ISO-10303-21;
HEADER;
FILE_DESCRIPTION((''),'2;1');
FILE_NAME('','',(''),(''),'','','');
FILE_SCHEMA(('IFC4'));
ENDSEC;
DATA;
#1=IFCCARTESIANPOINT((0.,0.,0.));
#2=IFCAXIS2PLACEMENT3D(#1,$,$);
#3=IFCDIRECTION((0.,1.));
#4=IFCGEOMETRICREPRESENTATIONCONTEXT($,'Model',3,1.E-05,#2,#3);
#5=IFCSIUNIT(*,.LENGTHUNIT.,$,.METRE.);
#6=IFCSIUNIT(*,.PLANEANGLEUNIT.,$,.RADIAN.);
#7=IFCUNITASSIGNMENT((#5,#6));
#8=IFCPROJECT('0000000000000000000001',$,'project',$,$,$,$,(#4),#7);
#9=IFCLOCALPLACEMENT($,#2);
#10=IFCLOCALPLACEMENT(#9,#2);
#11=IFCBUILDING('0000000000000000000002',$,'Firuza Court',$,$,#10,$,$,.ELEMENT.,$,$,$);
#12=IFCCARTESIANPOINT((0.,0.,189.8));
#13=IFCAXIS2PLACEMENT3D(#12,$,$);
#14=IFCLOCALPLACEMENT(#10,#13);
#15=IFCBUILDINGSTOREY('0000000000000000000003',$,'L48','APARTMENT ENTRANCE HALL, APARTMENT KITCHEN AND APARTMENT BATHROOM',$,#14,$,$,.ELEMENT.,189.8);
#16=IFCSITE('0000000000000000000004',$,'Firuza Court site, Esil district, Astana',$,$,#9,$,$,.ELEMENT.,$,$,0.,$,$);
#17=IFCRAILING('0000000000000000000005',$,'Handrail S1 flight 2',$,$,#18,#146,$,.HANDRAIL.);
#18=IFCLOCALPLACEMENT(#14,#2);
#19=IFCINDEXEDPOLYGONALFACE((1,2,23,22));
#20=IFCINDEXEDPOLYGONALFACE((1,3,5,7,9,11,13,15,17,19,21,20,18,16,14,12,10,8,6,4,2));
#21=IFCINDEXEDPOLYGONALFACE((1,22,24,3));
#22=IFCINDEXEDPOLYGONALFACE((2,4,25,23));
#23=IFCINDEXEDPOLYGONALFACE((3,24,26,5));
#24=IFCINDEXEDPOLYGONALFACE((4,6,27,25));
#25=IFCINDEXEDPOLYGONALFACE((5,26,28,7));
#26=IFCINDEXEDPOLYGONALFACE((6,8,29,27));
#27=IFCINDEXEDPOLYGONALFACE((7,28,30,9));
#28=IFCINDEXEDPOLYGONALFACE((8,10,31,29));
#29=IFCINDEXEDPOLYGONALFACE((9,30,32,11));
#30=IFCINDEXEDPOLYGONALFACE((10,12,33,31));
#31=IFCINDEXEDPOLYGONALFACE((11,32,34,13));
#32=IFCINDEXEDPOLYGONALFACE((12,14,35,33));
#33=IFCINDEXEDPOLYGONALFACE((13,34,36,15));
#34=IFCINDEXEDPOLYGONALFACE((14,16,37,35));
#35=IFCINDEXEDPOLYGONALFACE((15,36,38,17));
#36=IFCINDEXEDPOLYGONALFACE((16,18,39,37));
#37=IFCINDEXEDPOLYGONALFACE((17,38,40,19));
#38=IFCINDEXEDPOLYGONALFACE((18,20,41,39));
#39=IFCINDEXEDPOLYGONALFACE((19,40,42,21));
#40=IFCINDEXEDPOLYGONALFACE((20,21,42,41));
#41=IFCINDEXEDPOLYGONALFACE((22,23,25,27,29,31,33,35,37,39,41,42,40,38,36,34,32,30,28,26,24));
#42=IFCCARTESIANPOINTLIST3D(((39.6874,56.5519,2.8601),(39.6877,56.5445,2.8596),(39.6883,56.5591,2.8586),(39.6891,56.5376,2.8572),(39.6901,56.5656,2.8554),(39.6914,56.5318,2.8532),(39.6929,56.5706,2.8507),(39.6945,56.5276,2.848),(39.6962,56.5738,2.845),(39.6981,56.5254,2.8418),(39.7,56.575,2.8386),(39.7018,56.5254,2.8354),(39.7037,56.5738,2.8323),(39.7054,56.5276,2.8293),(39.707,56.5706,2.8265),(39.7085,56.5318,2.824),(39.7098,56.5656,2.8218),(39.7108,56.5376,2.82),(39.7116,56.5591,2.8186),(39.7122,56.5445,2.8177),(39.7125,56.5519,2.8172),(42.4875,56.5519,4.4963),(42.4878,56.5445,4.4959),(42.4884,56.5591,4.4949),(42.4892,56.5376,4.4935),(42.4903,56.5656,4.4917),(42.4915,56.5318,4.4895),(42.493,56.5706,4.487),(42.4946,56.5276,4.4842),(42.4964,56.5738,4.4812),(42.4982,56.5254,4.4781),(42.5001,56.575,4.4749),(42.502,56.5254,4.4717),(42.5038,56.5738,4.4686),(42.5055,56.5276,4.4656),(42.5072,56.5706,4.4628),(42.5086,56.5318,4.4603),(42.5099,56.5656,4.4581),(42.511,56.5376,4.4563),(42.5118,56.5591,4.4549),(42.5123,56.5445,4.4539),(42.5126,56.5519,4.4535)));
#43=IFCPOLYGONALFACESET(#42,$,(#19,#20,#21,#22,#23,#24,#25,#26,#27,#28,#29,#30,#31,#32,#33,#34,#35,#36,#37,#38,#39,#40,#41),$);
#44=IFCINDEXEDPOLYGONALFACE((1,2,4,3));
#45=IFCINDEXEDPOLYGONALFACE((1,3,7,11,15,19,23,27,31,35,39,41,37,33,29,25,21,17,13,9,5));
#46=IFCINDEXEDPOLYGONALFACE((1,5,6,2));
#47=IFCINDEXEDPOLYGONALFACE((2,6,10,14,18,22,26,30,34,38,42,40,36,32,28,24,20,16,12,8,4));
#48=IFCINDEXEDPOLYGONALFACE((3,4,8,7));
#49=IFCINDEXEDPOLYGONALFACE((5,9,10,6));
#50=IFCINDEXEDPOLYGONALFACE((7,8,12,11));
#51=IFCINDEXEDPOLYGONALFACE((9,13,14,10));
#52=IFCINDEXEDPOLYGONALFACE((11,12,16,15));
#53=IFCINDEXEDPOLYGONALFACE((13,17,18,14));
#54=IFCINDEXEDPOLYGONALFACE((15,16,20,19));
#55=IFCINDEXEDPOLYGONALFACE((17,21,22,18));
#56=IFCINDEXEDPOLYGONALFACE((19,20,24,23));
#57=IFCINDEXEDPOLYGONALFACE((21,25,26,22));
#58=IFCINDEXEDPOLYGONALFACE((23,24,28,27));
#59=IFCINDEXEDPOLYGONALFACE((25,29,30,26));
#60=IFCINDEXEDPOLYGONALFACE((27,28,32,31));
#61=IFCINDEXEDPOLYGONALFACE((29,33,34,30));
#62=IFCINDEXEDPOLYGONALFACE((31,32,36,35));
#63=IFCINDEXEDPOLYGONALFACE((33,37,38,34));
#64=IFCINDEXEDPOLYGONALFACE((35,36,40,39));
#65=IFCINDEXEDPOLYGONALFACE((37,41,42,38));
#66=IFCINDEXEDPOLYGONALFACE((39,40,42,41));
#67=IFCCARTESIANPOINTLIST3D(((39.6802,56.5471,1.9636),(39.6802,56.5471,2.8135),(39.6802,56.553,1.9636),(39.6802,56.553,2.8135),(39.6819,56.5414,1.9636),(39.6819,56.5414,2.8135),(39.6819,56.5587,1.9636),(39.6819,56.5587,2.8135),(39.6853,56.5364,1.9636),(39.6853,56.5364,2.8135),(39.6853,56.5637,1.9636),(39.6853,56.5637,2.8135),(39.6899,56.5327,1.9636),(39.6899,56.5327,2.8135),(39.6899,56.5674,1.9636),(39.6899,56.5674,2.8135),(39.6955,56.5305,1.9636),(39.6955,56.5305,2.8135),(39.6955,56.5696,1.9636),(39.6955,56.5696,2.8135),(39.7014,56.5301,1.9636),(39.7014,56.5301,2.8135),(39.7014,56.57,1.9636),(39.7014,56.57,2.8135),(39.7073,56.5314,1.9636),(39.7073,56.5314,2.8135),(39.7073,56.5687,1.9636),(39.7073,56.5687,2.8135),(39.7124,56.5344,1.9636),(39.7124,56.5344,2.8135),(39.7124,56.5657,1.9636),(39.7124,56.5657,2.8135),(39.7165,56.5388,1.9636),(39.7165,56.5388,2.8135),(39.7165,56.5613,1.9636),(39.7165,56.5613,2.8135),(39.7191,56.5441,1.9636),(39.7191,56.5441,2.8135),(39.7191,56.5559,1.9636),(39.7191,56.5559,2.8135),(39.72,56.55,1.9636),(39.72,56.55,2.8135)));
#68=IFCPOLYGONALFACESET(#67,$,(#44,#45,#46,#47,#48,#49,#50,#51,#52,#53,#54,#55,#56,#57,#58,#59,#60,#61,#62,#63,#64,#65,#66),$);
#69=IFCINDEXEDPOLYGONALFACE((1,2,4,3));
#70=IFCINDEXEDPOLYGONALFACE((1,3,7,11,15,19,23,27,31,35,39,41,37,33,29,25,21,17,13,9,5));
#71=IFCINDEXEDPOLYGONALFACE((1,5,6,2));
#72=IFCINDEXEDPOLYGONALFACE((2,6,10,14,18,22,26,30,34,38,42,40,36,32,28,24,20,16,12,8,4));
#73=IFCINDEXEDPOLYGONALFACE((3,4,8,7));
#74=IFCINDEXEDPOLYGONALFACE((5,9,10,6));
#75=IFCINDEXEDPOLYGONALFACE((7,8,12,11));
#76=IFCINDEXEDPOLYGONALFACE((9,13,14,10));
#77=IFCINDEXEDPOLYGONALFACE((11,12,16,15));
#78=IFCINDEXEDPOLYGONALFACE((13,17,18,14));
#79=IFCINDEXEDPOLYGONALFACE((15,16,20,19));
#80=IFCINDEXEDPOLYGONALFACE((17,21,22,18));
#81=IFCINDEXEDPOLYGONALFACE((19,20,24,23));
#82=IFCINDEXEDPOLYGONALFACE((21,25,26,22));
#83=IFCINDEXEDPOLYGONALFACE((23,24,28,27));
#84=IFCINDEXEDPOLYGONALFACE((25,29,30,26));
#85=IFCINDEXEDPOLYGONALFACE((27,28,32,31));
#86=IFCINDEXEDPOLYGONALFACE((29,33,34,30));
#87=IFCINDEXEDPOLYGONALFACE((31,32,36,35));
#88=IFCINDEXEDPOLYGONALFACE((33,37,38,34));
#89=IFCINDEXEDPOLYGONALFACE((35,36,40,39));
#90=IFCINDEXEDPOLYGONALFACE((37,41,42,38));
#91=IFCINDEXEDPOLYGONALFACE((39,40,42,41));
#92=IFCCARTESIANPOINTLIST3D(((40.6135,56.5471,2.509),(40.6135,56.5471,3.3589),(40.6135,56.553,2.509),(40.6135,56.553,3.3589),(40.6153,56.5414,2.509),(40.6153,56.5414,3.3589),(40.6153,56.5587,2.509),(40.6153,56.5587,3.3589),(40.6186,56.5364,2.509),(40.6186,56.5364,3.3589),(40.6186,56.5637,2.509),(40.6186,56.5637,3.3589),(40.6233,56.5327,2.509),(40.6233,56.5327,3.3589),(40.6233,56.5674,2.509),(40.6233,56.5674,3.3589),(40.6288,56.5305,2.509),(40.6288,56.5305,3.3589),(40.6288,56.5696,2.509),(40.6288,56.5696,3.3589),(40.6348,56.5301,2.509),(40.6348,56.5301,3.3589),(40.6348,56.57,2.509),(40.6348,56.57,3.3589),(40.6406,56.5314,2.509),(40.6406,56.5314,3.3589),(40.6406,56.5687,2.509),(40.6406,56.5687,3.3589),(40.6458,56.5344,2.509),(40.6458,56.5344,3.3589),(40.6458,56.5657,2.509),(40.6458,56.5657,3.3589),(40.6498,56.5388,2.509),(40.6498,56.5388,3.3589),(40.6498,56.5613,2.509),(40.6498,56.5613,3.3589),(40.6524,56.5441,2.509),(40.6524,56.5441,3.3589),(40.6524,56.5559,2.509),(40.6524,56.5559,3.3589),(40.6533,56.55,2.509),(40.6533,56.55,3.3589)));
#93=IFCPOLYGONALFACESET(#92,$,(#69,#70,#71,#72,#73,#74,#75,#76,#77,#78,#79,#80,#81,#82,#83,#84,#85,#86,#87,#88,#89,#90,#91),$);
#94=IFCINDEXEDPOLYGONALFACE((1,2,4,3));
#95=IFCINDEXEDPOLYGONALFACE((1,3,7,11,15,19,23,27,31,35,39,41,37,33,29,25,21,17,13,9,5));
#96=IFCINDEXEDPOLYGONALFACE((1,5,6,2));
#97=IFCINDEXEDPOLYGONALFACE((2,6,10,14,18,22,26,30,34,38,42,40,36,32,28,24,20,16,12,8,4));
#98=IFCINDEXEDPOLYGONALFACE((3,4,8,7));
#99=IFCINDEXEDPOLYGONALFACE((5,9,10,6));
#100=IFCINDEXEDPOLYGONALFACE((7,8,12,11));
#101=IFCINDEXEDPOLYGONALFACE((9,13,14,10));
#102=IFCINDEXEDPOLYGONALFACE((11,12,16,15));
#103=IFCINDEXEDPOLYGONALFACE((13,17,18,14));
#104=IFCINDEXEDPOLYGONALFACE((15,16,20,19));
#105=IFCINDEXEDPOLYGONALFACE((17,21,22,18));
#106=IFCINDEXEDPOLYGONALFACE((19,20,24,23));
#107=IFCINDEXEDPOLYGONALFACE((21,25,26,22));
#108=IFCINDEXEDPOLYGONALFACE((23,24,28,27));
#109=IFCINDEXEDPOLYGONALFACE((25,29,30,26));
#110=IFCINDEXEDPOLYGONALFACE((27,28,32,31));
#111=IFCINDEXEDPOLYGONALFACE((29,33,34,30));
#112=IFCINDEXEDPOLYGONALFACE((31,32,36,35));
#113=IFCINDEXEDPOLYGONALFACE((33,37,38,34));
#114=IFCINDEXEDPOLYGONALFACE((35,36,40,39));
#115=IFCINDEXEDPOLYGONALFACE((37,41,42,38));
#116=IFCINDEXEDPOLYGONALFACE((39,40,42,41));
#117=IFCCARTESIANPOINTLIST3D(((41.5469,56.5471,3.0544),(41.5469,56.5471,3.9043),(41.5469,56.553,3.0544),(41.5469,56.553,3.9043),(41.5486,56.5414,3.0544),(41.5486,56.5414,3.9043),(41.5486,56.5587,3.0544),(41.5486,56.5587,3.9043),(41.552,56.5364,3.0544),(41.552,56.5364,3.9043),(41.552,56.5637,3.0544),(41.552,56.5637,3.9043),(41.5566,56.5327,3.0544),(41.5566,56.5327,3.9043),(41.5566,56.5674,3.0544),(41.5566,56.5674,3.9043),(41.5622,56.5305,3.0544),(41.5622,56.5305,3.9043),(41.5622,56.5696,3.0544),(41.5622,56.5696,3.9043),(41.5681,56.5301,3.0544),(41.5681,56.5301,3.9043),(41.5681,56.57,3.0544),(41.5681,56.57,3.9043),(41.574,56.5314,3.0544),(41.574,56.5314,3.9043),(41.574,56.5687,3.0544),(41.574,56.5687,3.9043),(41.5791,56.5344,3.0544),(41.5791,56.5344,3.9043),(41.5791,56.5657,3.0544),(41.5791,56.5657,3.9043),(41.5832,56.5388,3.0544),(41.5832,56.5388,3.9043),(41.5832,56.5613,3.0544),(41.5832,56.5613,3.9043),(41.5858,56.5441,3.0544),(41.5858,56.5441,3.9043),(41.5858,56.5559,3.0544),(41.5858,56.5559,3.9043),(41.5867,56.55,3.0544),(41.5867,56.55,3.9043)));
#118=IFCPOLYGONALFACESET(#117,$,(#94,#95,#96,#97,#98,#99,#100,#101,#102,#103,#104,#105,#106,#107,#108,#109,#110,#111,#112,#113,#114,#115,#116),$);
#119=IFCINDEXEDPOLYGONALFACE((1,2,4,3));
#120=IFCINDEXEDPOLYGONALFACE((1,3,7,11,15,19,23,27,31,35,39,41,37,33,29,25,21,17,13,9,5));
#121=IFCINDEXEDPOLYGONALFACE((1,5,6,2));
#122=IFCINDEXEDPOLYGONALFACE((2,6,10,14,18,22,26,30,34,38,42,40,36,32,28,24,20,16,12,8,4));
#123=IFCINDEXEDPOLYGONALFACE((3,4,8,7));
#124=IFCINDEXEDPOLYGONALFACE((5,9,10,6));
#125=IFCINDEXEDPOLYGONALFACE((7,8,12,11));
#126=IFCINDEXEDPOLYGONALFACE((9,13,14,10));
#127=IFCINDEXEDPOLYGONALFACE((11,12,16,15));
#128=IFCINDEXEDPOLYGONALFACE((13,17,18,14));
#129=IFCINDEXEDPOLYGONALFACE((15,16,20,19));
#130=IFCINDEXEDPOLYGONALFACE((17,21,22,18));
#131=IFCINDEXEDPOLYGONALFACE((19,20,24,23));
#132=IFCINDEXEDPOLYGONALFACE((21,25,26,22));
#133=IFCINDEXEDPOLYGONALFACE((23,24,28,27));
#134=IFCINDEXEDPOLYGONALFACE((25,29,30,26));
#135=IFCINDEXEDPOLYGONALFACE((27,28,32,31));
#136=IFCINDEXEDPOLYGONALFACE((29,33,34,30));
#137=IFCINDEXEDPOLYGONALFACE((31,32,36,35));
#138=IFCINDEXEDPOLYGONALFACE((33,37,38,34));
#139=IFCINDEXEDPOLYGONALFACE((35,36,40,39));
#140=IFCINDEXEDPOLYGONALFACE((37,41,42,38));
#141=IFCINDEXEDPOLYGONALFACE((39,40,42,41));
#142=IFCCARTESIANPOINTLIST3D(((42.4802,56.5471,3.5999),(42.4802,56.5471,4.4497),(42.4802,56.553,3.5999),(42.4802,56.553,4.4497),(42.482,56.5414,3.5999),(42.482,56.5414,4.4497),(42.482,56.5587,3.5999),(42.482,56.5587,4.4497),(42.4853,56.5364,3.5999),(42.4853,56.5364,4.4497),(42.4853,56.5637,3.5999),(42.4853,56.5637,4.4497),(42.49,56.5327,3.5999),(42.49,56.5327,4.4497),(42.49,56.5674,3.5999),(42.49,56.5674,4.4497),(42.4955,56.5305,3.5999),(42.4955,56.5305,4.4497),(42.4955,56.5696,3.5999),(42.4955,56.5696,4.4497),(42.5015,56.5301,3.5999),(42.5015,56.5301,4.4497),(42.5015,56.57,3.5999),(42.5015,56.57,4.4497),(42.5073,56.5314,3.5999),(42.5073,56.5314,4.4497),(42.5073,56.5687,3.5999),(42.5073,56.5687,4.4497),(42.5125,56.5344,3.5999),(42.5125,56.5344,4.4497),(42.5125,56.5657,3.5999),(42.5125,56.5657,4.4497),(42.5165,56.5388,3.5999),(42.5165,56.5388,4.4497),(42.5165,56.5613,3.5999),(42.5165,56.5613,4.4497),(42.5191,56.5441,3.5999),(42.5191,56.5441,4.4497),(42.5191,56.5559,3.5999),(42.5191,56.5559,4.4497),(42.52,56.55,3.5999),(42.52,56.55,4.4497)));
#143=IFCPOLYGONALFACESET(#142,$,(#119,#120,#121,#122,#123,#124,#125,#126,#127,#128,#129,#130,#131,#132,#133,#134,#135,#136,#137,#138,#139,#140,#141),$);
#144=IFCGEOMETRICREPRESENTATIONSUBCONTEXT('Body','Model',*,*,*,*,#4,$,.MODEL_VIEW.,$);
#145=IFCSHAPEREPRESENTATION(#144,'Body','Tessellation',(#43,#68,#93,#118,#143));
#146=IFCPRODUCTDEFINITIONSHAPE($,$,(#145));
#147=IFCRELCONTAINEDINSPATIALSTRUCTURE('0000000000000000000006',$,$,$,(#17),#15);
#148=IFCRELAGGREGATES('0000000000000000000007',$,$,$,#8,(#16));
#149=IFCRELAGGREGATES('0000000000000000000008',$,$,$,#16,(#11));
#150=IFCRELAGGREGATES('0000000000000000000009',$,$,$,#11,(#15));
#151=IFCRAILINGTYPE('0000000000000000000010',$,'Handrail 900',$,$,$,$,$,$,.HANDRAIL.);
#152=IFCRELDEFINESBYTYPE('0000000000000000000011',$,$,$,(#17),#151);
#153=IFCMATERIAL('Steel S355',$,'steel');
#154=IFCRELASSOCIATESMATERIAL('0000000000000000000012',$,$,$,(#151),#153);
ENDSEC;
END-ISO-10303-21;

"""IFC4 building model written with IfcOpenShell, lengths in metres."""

from ifc_helpers import new_model, si_unit, direction, frame, origin, origin_2d, place, context, subcontext, project, spatial, circle, extrude, material, type_object, element, save


model = new_model("IFC4")

# Units and contexts
model_context = context("Model", 3, precision=1e-05, world=origin(), true_north=direction((0.0, 1.0)))
body_context = subcontext(model_context, "Body", "Model", "MODEL_VIEW")
ifc_project = project(units=[si_unit("LENGTHUNIT", "METRE"), si_unit("PLANEANGLEUNIT", "RADIAN")], contexts=[model_context])

# Site, building, storey
site_placement = place(None, origin())
site = spatial("IfcSite", under=ifc_project, at=site_placement, Name="Firuza Court site, Esil district, Astana", CompositionType="ELEMENT", RefElevation=0.0)
building_placement = place(site_placement, origin())
building = spatial("IfcBuilding", under=site, at=building_placement, Name="Firuza Court", CompositionType="ELEMENT")
storey_placement = place(building_placement, frame((0.0, 0.0, 189.8)))
storey = spatial("IfcBuildingStorey", under=building, at=storey_placement, Name="L48", Description="APARTMENT ENTRANCE HALL, APARTMENT KITCHEN AND APARTMENT BATHROOM", CompositionType="ELEMENT", Elevation=189.8)

# Railing
ifc_material_1 = material(Name="Steel S355", Category="steel")
railing_type_1 = type_object("IfcRailingType", Name="Handrail 900", PredefinedType="HANDRAIL", material=ifc_material_1)
railing_1_placement = place(storey_placement, frame((39.7, 56.55, 1.9636)))
element("IfcRailing", 1, at=railing_1_placement, inside=storey, type_object=railing_type_1, Name="Handrail S1 flight 2", PredefinedType="HANDRAIL", context=body_context, shape_type="SweptSolid", body=[
    extrude(circle(Radius=0.0249, at=origin_2d()), frame((0.0, 0.0, 0.875), z_axis=(0.863394, 0.0, 0.504531), x_axis=(0.0, 1.0, 0.0)), (0.0, 0.0, 1.0), 3.2432),
    extrude(circle(Radius=0.02, at=origin_2d()), origin(), (0.0, 0.0, 1.0), 0.8499),
    extrude(circle(Radius=0.02, at=origin_2d()), frame((0.9333, 0.0, 0.5454)), (0.0, 0.0, 1.0), 0.8499),
    extrude(circle(Radius=0.02, at=origin_2d()), frame((1.8667, 0.0, 1.0908)), (0.0, 0.0, 1.0), 0.8499),
    extrude(circle(Radius=0.02, at=origin_2d()), frame((2.8, 0.0, 1.6362)), (0.0, 0.0, 1.0), 0.8499),
])

save(model, "model.ifc")
